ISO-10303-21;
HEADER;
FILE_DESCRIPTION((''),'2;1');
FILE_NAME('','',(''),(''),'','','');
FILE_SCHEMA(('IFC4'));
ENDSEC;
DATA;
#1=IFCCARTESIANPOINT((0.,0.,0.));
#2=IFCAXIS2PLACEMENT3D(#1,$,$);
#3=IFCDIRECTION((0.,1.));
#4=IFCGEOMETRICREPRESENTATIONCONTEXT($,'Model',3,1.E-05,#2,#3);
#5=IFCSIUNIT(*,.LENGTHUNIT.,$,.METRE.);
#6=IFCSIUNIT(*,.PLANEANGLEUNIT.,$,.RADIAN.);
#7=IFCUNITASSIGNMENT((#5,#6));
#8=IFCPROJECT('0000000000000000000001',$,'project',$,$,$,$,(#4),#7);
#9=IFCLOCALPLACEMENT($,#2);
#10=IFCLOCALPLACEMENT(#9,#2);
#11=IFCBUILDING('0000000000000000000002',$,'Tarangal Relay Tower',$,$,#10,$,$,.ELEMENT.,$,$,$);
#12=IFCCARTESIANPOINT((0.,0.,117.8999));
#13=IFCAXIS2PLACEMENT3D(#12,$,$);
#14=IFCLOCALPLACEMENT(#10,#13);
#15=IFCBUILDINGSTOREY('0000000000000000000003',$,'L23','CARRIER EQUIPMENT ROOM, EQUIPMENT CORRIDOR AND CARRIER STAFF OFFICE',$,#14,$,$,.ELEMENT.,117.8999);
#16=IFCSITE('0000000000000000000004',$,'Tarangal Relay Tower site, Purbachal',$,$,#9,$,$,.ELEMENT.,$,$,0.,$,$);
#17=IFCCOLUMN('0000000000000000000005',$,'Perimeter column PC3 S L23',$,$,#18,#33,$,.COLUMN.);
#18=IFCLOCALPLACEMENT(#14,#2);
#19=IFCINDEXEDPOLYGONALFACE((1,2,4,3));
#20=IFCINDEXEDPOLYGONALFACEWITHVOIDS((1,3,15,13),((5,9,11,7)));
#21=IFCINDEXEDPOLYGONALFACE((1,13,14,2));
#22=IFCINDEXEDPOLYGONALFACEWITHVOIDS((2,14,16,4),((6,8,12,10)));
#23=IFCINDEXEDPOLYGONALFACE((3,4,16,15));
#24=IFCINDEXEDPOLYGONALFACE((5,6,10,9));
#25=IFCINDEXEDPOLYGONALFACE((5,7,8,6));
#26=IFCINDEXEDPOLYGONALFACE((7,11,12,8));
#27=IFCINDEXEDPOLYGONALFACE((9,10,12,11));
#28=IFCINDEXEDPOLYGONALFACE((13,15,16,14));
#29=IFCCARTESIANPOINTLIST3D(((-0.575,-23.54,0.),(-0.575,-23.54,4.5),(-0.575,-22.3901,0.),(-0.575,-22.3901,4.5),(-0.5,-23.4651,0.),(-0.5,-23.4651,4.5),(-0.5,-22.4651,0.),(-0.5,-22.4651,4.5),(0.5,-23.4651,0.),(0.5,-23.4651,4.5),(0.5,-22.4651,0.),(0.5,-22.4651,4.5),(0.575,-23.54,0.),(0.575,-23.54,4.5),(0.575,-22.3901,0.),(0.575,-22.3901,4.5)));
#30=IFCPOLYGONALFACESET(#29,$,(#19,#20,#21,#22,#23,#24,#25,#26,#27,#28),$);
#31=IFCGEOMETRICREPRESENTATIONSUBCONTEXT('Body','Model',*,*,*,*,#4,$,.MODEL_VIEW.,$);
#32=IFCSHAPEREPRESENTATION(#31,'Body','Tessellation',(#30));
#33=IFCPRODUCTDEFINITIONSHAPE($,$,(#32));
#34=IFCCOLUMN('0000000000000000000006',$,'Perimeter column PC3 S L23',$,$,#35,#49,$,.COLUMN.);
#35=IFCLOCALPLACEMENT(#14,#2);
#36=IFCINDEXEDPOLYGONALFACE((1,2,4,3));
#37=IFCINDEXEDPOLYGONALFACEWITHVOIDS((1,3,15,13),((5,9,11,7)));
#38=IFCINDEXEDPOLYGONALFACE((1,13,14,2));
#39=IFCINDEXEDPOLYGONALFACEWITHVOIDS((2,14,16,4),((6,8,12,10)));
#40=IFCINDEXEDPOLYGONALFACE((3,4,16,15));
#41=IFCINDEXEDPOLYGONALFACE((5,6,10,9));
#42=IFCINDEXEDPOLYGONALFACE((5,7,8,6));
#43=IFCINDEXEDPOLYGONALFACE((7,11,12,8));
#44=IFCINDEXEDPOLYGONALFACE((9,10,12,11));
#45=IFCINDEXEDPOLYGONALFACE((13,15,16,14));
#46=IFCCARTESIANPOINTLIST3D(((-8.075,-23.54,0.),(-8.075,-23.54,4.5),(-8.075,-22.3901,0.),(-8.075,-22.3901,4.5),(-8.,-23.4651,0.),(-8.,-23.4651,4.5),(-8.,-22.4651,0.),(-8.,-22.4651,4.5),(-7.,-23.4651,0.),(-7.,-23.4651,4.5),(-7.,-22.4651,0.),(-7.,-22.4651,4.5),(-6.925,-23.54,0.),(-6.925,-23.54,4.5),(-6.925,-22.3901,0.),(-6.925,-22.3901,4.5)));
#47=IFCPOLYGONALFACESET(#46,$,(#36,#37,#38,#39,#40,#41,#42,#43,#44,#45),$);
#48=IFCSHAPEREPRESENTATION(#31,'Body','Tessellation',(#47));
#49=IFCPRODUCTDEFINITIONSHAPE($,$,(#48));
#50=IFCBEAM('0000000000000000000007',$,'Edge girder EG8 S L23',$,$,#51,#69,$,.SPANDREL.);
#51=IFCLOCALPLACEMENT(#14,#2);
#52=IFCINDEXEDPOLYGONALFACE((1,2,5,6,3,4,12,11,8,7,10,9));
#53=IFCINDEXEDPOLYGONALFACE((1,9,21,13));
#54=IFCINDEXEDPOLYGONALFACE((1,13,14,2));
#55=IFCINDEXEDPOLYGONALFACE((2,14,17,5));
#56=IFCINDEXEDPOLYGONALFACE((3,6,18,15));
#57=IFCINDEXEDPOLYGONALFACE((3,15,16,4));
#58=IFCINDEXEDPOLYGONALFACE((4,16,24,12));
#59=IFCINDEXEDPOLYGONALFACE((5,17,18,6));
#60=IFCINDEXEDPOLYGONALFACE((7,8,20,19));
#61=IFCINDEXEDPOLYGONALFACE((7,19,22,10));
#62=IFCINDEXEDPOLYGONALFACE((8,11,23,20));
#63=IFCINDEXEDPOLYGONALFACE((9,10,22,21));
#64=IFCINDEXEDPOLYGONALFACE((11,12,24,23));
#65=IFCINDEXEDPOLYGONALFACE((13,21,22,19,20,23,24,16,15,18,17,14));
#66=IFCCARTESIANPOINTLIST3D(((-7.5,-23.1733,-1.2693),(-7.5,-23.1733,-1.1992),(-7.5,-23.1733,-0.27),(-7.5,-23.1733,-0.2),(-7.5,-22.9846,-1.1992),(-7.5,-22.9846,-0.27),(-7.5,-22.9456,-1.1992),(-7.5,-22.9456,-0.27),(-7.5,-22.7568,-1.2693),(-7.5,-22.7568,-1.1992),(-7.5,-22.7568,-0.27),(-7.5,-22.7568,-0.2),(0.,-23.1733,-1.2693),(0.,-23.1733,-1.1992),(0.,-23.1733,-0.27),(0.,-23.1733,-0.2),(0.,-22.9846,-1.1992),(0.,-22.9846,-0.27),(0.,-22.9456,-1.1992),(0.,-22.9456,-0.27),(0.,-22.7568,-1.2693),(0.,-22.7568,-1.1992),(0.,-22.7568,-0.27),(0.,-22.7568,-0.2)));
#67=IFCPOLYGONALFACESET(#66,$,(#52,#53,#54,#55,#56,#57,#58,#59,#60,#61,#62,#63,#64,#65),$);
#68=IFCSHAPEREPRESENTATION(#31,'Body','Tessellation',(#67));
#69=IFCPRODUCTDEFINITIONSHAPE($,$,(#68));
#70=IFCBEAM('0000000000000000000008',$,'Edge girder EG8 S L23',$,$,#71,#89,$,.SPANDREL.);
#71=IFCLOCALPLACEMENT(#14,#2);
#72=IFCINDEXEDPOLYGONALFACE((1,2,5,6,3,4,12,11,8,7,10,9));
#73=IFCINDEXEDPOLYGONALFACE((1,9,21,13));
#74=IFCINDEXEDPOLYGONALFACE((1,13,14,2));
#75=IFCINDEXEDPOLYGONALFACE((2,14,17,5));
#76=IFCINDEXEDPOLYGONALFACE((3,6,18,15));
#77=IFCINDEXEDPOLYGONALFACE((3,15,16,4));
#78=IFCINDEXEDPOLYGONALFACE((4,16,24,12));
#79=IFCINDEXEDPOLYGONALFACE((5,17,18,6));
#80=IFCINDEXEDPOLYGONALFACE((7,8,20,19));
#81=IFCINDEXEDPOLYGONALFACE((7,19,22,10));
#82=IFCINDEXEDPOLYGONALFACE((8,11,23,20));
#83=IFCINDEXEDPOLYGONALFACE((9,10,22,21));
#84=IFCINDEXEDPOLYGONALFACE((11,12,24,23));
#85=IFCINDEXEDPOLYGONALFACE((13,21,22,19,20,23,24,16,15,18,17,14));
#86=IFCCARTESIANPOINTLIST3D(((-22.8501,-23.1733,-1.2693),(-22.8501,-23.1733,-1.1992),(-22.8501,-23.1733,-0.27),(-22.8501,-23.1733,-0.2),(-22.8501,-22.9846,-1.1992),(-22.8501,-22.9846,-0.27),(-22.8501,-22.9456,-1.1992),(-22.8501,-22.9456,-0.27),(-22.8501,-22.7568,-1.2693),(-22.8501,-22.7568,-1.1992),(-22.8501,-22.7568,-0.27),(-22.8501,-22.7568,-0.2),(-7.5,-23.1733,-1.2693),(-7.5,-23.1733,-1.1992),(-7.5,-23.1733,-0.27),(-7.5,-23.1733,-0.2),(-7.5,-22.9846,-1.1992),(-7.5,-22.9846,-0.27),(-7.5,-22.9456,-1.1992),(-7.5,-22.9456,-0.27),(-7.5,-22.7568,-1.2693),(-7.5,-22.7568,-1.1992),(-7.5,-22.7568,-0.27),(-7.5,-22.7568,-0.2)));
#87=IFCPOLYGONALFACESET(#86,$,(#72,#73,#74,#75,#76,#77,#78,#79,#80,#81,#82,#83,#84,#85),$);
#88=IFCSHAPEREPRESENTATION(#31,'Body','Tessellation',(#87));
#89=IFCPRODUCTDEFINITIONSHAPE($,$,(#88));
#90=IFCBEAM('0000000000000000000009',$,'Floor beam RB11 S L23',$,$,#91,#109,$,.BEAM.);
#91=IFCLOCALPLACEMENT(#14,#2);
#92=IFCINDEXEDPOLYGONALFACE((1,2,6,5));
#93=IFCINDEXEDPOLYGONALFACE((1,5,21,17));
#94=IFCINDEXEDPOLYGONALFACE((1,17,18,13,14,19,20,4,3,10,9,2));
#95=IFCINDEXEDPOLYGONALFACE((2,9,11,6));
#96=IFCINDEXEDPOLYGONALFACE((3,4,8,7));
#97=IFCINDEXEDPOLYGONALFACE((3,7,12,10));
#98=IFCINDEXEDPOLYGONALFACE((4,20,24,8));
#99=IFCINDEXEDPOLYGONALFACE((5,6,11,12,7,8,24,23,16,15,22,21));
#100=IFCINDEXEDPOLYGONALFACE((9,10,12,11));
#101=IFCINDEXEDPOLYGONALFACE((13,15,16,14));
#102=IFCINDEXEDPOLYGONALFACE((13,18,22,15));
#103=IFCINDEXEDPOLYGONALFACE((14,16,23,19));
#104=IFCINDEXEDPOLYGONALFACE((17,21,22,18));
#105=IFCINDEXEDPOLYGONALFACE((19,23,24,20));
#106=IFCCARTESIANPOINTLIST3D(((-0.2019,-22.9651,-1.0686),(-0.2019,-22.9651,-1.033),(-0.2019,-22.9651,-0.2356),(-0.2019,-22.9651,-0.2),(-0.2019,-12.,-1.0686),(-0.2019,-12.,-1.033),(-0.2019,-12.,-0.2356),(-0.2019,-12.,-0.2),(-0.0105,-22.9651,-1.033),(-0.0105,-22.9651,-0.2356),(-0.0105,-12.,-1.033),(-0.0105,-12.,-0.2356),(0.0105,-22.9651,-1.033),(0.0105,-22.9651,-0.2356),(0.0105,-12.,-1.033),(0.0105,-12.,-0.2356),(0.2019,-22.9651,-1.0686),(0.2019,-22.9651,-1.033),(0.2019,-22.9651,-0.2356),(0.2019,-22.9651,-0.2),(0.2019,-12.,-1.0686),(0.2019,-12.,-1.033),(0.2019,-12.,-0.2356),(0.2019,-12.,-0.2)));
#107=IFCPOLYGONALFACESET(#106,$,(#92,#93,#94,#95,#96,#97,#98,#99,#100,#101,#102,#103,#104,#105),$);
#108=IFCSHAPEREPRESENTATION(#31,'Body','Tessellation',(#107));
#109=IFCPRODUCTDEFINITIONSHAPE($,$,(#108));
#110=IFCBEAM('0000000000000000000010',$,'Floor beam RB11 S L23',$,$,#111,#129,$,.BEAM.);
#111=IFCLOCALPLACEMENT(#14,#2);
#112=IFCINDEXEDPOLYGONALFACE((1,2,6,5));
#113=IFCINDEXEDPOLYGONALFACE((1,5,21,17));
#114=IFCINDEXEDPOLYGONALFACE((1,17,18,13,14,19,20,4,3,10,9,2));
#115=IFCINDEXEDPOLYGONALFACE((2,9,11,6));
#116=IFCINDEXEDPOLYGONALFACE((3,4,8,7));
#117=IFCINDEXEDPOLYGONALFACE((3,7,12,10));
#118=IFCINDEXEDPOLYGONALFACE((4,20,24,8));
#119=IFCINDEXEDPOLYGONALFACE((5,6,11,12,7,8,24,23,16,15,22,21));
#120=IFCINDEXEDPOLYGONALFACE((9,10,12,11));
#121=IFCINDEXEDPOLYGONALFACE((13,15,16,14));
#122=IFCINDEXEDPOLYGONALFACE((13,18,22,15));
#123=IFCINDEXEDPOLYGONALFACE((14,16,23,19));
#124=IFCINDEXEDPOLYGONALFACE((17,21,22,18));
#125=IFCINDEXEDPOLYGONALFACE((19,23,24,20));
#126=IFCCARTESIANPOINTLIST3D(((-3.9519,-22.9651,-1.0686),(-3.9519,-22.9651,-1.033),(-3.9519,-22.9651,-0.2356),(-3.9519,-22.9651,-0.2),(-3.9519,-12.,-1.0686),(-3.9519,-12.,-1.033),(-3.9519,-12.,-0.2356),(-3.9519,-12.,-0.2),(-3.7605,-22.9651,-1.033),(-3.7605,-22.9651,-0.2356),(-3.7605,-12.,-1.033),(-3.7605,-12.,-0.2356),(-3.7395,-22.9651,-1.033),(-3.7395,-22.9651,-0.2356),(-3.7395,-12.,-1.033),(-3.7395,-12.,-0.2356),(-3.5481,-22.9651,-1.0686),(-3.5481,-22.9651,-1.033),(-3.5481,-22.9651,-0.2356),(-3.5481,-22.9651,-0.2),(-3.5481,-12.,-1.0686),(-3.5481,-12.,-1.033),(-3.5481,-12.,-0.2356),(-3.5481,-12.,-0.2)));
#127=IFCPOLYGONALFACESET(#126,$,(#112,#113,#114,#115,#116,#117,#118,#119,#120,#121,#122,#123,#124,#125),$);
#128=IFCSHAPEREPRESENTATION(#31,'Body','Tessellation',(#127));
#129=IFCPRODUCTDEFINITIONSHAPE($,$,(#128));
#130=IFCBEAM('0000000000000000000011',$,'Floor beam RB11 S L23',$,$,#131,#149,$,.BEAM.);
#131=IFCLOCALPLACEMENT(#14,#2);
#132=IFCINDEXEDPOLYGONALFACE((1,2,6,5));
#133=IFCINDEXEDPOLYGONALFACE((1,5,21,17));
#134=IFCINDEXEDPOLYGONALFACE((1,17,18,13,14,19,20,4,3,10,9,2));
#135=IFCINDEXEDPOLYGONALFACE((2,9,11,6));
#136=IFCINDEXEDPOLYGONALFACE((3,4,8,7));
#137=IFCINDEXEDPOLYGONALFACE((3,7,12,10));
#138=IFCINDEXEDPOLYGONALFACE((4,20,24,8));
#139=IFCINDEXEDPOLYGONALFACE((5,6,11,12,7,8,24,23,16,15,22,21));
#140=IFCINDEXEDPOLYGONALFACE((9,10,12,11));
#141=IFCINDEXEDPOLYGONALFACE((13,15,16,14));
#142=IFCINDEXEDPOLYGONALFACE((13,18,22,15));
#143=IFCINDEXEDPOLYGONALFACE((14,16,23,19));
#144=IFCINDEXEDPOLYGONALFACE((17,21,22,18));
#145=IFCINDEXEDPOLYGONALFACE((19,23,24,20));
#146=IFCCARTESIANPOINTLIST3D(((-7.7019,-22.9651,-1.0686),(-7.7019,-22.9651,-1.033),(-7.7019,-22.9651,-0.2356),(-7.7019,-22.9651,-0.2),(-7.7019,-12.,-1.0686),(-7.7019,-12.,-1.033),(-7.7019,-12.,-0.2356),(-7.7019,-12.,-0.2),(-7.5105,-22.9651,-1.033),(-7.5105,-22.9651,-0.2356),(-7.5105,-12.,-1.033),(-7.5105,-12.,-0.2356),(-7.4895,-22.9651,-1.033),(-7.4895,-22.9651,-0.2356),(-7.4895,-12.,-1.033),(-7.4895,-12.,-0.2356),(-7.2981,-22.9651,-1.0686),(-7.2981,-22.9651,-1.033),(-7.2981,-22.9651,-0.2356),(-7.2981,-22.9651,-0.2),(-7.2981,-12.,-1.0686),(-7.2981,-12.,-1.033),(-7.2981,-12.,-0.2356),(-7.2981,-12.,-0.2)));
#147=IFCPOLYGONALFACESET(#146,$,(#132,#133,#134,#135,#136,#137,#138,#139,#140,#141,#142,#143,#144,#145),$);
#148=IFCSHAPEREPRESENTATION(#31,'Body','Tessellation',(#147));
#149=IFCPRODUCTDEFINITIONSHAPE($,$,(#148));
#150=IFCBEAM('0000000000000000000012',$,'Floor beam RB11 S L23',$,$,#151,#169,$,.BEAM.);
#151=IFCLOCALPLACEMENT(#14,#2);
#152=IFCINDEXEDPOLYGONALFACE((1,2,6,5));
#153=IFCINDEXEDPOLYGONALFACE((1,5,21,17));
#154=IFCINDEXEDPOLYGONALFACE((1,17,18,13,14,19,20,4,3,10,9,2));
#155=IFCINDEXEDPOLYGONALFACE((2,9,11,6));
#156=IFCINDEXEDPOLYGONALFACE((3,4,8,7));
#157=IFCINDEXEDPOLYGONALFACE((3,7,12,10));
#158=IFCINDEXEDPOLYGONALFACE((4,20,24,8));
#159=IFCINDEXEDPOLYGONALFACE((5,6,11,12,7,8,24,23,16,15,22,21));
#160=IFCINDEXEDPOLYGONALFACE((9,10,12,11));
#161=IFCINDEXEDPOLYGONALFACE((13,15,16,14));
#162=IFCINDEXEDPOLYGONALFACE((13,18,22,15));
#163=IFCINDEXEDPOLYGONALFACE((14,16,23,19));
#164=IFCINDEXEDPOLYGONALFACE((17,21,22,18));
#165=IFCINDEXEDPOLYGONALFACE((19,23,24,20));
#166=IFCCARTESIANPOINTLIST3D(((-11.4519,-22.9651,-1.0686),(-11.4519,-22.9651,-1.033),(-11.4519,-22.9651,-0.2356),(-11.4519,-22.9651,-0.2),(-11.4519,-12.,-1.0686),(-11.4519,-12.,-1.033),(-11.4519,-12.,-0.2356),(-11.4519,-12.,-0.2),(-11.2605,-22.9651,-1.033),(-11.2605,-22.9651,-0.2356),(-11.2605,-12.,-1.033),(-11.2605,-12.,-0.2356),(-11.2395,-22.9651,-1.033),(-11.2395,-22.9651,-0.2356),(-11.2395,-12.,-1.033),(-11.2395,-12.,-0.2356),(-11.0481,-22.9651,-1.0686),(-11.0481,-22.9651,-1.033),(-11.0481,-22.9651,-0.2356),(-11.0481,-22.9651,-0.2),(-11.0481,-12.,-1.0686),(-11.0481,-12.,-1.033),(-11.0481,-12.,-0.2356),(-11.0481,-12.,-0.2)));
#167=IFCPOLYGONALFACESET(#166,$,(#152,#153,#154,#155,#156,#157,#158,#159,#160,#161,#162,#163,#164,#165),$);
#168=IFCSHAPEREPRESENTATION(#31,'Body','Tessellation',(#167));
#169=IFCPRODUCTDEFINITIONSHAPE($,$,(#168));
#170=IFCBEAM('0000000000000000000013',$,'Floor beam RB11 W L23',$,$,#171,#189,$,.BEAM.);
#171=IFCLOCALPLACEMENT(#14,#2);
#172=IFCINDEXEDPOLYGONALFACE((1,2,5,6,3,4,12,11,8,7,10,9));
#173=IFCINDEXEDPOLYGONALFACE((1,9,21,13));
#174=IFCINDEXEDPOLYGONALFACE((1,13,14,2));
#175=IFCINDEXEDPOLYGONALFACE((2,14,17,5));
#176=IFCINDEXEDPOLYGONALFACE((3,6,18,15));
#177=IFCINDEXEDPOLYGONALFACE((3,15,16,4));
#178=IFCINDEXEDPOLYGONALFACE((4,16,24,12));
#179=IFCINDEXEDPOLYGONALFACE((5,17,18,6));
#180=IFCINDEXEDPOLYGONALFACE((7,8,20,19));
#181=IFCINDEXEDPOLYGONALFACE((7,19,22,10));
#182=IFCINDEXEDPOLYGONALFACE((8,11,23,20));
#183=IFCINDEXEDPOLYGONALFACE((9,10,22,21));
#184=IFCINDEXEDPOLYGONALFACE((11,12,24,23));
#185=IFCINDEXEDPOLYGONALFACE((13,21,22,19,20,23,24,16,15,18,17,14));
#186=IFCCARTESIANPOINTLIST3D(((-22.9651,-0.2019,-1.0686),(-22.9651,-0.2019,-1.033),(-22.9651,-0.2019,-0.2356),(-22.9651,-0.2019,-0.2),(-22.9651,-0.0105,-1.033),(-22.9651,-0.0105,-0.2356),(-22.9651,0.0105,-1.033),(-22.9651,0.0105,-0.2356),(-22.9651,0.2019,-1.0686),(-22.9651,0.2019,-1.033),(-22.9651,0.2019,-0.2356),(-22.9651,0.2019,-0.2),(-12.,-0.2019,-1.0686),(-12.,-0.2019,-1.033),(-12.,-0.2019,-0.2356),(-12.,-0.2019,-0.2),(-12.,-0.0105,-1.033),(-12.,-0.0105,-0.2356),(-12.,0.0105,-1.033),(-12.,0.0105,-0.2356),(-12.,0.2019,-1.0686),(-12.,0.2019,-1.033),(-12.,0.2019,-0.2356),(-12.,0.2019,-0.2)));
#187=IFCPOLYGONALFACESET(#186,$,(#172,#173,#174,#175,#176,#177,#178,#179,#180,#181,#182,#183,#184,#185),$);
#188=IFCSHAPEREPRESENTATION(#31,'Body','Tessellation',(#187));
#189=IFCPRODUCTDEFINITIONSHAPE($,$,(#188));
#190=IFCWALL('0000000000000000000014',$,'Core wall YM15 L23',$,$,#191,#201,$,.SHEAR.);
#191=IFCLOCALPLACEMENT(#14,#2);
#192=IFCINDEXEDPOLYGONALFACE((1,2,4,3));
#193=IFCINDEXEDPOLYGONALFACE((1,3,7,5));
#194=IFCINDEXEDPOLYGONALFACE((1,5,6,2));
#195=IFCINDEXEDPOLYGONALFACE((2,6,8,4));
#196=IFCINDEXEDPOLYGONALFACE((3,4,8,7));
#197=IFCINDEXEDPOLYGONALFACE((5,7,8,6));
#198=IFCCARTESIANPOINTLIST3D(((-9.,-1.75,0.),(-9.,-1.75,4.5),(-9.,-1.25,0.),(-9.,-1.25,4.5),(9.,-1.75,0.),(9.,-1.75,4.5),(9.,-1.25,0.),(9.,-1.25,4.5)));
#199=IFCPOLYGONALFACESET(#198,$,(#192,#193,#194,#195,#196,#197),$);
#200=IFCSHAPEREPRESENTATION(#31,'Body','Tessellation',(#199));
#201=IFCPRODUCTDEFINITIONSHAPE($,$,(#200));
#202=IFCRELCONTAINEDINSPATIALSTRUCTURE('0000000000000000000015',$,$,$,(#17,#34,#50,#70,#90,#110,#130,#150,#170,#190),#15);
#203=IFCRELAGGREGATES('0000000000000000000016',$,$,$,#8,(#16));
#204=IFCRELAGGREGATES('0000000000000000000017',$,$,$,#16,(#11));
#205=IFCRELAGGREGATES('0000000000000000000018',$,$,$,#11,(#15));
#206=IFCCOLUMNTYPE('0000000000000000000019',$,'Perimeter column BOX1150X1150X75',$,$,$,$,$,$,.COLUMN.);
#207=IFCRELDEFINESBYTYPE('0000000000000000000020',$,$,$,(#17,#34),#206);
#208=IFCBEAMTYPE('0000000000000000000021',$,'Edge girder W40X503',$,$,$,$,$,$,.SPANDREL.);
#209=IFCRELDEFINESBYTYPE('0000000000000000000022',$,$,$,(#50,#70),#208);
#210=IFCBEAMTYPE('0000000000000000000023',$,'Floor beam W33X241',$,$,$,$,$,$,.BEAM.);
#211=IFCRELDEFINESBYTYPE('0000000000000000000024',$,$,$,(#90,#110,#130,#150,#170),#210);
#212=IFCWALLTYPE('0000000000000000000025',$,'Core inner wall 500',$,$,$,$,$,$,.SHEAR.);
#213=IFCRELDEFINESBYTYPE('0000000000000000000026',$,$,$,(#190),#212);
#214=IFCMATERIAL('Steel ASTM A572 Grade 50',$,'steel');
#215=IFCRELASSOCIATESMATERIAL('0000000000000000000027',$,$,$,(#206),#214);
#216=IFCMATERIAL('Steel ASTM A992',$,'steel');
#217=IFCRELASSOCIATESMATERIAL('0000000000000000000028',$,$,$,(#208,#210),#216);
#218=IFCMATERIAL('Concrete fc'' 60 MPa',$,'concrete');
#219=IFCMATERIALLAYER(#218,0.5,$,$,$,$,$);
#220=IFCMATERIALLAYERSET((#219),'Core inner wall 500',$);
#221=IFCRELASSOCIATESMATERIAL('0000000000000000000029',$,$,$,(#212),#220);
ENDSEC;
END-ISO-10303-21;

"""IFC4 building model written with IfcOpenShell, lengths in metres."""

from ifc_helpers import new_model, si_unit, direction, frame, frame_2d, origin, origin_2d, place, context, subcontext, project, spatial, rectangle, hollow_rectangle, i_section, extrude, material, layer, layer_set, material_profile, profile_set, type_object, element, save


model = new_model("IFC4")

# Units and contexts
model_context = context("Model", 3, precision=1e-05, world=origin(), true_north=direction((0.0, 1.0)))
body_context = subcontext(model_context, "Body", "Model", "MODEL_VIEW")
ifc_project = project(units=[si_unit("LENGTHUNIT", "METRE"), si_unit("PLANEANGLEUNIT", "RADIAN")], contexts=[model_context])

# Site, building, storey
site_placement = place(None, origin())
site = spatial("IfcSite", under=ifc_project, at=site_placement, Name="Tarangal Relay Tower site, Purbachal", CompositionType="ELEMENT", RefElevation=0.0)
building_placement = place(site_placement, origin())
building = spatial("IfcBuilding", under=site, at=building_placement, Name="Tarangal Relay Tower", CompositionType="ELEMENT")
storey_placement = place(building_placement, frame((0.0, 0.0, 117.8999)))
storey = spatial("IfcBuildingStorey", under=building, at=storey_placement, Name="L23", Description="CARRIER EQUIPMENT ROOM, EQUIPMENT CORRIDOR AND CARRIER STAFF OFFICE", CompositionType="ELEMENT", Elevation=117.8999)

# Columns
ifc_material_1 = material(Name="Steel ASTM A572 Grade 50", Category="steel")
ifc_material_profile_1 = material_profile(ifc_material_1, hollow_rectangle(XDim=1.1499, YDim=1.1499, WallThickness=0.075, at=origin_2d()), Name="BOX1150X1150X75")
ifc_profile_set_1 = profile_set([ifc_material_profile_1], Name="Steel ASTM A572 Grade 50")
column_type = type_object("IfcColumnType", Name="Perimeter column BOX1150X1150X75", PredefinedType="COLUMN", material=ifc_profile_set_1)
for number, where, z_axis, x_axis, name in (
    (1, (0.0, -22.9651, 0.0), (0.0, 0.0, 1.0), (1.0, 0.0, 0.0), "Perimeter column PC3 S L23"),
    (2, (-7.5, -22.9651, 0.0), (0.0, 0.0, 1.0), (1.0, 0.0, 0.0), "Perimeter column PC3 S L23"),
):
    element("IfcColumn", number, at=place(storey_placement, frame(where, z_axis=z_axis, x_axis=x_axis)), inside=storey, type_object=column_type, Name=name, PredefinedType="COLUMN", context=body_context, shape_type="SweptSolid", body=[
        extrude(hollow_rectangle(XDim=1.1499, YDim=1.1499, WallThickness=0.075, at=origin_2d()), origin(), (0.0, 0.0, 1.0), 4.5),
    ])

# Beams
ifc_material_2 = material(Name="Steel ASTM A992", Category="steel")
ifc_material_profile_2 = material_profile(ifc_material_2, i_section(OverallWidth=0.4165, OverallDepth=1.0693, WebThickness=0.0391, FlangeThickness=0.0701, at=origin_2d()), Name="W40X503")
ifc_profile_set_2 = profile_set([ifc_material_profile_2], Name="Steel ASTM A992")
beam_type_1 = type_object("IfcBeamType", Name="Edge girder W40X503", PredefinedType="SPANDREL", material=ifc_profile_set_2)
beam_1_placement = place(storey_placement, frame((0.0, -22.9651, -0.7346), z_axis=(-1.0, 0.0, 0.0), x_axis=(0.0, -1.0, 0.0)))
element("IfcBeam", 3, at=beam_1_placement, inside=storey, type_object=beam_type_1, Name="Edge girder EG8 S L23", PredefinedType="SPANDREL", context=body_context, shape_type="SweptSolid", body=[
    extrude(i_section(OverallWidth=0.4165, OverallDepth=1.0693, WebThickness=0.0391, FlangeThickness=0.0701, at=origin_2d()), origin(), (0.0, 0.0, 1.0), 7.5),
])
beam_2_placement = place(storey_placement, frame((-7.5, -22.9651, -0.7346), z_axis=(-1.0, 0.0, 0.0), x_axis=(0.0, -1.0, 0.0)))
element("IfcBeam", 4, at=beam_2_placement, inside=storey, type_object=beam_type_1, Name="Edge girder EG8 S L23", PredefinedType="SPANDREL", context=body_context, shape_type="SweptSolid", body=[
    extrude(i_section(OverallWidth=0.4165, OverallDepth=1.0693, WebThickness=0.0391, FlangeThickness=0.0701, at=origin_2d()), origin(), (0.0, 0.0, 1.0), 15.3501),
])
ifc_material_profile_3 = material_profile(ifc_material_2, i_section(OverallWidth=0.4038, OverallDepth=0.8687, WebThickness=0.021, FlangeThickness=0.0356, at=origin_2d()), Name="W33X241")
ifc_profile_set_3 = profile_set([ifc_material_profile_3], Name="Steel ASTM A992")
beam_type_2 = type_object("IfcBeamType", Name="Floor beam W33X241", PredefinedType="BEAM", material=ifc_profile_set_3)
for number, where, z_axis, x_axis, name in (
    (5, (0.0, -12.0, -0.6343), (0.0, -1.0, 0.0), (1.0, 0.0, 0.0), "Floor beam RB11 S L23"),
    (6, (-3.75, -12.0, -0.6343), (0.0, -1.0, 0.0), (1.0, 0.0, 0.0), "Floor beam RB11 S L23"),
    (7, (-7.5, -12.0, -0.6343), (0.0, -1.0, 0.0), (1.0, 0.0, 0.0), "Floor beam RB11 S L23"),
    (8, (-11.25, -12.0, -0.6343), (0.0, -1.0, 0.0), (1.0, 0.0, 0.0), "Floor beam RB11 S L23"),
    (9, (-12.0, 0.0, -0.6343), (-1.0, 0.0, 0.0), (0.0, -1.0, 0.0), "Floor beam RB11 W L23"),
):
    element("IfcBeam", number, at=place(storey_placement, frame(where, z_axis=z_axis, x_axis=x_axis)), inside=storey, type_object=beam_type_2, Name=name, PredefinedType="BEAM", context=body_context, shape_type="SweptSolid", body=[
        extrude(i_section(OverallWidth=0.4038, OverallDepth=0.8687, WebThickness=0.021, FlangeThickness=0.0356, at=origin_2d()), origin(), (0.0, 0.0, 1.0), 10.9651),
    ])

# Wall
ifc_material_3 = material(Name="Concrete fc' 60 MPa", Category="concrete")
ifc_layer_1 = layer(ifc_material_3, 0.5)
ifc_layer_set_1 = layer_set([ifc_layer_1], Name="Core inner wall 500")
wall_type_1 = type_object("IfcWallType", Name="Core inner wall 500", PredefinedType="SHEAR", material=ifc_layer_set_1)
for number, where, z_axis, x_axis, name in (
    (10, (-9.0, -1.5, 0.0), (0.0, 0.0, 1.0), (1.0, 0.0, 0.0), "Core wall YM15 L23"),
):
    element("IfcWall", number, at=place(storey_placement, frame(where, z_axis=z_axis, x_axis=x_axis)), inside=storey, type_object=wall_type_1, Name=name, PredefinedType="SHEAR", context=body_context, shape_type="SweptSolid", body=[
        extrude(rectangle(XDim=18.0, YDim=0.5, at=frame_2d((9.0, 0.0))), origin(), (0.0, 0.0, 1.0), 4.5),
    ])

save(model, "model.ifc")
